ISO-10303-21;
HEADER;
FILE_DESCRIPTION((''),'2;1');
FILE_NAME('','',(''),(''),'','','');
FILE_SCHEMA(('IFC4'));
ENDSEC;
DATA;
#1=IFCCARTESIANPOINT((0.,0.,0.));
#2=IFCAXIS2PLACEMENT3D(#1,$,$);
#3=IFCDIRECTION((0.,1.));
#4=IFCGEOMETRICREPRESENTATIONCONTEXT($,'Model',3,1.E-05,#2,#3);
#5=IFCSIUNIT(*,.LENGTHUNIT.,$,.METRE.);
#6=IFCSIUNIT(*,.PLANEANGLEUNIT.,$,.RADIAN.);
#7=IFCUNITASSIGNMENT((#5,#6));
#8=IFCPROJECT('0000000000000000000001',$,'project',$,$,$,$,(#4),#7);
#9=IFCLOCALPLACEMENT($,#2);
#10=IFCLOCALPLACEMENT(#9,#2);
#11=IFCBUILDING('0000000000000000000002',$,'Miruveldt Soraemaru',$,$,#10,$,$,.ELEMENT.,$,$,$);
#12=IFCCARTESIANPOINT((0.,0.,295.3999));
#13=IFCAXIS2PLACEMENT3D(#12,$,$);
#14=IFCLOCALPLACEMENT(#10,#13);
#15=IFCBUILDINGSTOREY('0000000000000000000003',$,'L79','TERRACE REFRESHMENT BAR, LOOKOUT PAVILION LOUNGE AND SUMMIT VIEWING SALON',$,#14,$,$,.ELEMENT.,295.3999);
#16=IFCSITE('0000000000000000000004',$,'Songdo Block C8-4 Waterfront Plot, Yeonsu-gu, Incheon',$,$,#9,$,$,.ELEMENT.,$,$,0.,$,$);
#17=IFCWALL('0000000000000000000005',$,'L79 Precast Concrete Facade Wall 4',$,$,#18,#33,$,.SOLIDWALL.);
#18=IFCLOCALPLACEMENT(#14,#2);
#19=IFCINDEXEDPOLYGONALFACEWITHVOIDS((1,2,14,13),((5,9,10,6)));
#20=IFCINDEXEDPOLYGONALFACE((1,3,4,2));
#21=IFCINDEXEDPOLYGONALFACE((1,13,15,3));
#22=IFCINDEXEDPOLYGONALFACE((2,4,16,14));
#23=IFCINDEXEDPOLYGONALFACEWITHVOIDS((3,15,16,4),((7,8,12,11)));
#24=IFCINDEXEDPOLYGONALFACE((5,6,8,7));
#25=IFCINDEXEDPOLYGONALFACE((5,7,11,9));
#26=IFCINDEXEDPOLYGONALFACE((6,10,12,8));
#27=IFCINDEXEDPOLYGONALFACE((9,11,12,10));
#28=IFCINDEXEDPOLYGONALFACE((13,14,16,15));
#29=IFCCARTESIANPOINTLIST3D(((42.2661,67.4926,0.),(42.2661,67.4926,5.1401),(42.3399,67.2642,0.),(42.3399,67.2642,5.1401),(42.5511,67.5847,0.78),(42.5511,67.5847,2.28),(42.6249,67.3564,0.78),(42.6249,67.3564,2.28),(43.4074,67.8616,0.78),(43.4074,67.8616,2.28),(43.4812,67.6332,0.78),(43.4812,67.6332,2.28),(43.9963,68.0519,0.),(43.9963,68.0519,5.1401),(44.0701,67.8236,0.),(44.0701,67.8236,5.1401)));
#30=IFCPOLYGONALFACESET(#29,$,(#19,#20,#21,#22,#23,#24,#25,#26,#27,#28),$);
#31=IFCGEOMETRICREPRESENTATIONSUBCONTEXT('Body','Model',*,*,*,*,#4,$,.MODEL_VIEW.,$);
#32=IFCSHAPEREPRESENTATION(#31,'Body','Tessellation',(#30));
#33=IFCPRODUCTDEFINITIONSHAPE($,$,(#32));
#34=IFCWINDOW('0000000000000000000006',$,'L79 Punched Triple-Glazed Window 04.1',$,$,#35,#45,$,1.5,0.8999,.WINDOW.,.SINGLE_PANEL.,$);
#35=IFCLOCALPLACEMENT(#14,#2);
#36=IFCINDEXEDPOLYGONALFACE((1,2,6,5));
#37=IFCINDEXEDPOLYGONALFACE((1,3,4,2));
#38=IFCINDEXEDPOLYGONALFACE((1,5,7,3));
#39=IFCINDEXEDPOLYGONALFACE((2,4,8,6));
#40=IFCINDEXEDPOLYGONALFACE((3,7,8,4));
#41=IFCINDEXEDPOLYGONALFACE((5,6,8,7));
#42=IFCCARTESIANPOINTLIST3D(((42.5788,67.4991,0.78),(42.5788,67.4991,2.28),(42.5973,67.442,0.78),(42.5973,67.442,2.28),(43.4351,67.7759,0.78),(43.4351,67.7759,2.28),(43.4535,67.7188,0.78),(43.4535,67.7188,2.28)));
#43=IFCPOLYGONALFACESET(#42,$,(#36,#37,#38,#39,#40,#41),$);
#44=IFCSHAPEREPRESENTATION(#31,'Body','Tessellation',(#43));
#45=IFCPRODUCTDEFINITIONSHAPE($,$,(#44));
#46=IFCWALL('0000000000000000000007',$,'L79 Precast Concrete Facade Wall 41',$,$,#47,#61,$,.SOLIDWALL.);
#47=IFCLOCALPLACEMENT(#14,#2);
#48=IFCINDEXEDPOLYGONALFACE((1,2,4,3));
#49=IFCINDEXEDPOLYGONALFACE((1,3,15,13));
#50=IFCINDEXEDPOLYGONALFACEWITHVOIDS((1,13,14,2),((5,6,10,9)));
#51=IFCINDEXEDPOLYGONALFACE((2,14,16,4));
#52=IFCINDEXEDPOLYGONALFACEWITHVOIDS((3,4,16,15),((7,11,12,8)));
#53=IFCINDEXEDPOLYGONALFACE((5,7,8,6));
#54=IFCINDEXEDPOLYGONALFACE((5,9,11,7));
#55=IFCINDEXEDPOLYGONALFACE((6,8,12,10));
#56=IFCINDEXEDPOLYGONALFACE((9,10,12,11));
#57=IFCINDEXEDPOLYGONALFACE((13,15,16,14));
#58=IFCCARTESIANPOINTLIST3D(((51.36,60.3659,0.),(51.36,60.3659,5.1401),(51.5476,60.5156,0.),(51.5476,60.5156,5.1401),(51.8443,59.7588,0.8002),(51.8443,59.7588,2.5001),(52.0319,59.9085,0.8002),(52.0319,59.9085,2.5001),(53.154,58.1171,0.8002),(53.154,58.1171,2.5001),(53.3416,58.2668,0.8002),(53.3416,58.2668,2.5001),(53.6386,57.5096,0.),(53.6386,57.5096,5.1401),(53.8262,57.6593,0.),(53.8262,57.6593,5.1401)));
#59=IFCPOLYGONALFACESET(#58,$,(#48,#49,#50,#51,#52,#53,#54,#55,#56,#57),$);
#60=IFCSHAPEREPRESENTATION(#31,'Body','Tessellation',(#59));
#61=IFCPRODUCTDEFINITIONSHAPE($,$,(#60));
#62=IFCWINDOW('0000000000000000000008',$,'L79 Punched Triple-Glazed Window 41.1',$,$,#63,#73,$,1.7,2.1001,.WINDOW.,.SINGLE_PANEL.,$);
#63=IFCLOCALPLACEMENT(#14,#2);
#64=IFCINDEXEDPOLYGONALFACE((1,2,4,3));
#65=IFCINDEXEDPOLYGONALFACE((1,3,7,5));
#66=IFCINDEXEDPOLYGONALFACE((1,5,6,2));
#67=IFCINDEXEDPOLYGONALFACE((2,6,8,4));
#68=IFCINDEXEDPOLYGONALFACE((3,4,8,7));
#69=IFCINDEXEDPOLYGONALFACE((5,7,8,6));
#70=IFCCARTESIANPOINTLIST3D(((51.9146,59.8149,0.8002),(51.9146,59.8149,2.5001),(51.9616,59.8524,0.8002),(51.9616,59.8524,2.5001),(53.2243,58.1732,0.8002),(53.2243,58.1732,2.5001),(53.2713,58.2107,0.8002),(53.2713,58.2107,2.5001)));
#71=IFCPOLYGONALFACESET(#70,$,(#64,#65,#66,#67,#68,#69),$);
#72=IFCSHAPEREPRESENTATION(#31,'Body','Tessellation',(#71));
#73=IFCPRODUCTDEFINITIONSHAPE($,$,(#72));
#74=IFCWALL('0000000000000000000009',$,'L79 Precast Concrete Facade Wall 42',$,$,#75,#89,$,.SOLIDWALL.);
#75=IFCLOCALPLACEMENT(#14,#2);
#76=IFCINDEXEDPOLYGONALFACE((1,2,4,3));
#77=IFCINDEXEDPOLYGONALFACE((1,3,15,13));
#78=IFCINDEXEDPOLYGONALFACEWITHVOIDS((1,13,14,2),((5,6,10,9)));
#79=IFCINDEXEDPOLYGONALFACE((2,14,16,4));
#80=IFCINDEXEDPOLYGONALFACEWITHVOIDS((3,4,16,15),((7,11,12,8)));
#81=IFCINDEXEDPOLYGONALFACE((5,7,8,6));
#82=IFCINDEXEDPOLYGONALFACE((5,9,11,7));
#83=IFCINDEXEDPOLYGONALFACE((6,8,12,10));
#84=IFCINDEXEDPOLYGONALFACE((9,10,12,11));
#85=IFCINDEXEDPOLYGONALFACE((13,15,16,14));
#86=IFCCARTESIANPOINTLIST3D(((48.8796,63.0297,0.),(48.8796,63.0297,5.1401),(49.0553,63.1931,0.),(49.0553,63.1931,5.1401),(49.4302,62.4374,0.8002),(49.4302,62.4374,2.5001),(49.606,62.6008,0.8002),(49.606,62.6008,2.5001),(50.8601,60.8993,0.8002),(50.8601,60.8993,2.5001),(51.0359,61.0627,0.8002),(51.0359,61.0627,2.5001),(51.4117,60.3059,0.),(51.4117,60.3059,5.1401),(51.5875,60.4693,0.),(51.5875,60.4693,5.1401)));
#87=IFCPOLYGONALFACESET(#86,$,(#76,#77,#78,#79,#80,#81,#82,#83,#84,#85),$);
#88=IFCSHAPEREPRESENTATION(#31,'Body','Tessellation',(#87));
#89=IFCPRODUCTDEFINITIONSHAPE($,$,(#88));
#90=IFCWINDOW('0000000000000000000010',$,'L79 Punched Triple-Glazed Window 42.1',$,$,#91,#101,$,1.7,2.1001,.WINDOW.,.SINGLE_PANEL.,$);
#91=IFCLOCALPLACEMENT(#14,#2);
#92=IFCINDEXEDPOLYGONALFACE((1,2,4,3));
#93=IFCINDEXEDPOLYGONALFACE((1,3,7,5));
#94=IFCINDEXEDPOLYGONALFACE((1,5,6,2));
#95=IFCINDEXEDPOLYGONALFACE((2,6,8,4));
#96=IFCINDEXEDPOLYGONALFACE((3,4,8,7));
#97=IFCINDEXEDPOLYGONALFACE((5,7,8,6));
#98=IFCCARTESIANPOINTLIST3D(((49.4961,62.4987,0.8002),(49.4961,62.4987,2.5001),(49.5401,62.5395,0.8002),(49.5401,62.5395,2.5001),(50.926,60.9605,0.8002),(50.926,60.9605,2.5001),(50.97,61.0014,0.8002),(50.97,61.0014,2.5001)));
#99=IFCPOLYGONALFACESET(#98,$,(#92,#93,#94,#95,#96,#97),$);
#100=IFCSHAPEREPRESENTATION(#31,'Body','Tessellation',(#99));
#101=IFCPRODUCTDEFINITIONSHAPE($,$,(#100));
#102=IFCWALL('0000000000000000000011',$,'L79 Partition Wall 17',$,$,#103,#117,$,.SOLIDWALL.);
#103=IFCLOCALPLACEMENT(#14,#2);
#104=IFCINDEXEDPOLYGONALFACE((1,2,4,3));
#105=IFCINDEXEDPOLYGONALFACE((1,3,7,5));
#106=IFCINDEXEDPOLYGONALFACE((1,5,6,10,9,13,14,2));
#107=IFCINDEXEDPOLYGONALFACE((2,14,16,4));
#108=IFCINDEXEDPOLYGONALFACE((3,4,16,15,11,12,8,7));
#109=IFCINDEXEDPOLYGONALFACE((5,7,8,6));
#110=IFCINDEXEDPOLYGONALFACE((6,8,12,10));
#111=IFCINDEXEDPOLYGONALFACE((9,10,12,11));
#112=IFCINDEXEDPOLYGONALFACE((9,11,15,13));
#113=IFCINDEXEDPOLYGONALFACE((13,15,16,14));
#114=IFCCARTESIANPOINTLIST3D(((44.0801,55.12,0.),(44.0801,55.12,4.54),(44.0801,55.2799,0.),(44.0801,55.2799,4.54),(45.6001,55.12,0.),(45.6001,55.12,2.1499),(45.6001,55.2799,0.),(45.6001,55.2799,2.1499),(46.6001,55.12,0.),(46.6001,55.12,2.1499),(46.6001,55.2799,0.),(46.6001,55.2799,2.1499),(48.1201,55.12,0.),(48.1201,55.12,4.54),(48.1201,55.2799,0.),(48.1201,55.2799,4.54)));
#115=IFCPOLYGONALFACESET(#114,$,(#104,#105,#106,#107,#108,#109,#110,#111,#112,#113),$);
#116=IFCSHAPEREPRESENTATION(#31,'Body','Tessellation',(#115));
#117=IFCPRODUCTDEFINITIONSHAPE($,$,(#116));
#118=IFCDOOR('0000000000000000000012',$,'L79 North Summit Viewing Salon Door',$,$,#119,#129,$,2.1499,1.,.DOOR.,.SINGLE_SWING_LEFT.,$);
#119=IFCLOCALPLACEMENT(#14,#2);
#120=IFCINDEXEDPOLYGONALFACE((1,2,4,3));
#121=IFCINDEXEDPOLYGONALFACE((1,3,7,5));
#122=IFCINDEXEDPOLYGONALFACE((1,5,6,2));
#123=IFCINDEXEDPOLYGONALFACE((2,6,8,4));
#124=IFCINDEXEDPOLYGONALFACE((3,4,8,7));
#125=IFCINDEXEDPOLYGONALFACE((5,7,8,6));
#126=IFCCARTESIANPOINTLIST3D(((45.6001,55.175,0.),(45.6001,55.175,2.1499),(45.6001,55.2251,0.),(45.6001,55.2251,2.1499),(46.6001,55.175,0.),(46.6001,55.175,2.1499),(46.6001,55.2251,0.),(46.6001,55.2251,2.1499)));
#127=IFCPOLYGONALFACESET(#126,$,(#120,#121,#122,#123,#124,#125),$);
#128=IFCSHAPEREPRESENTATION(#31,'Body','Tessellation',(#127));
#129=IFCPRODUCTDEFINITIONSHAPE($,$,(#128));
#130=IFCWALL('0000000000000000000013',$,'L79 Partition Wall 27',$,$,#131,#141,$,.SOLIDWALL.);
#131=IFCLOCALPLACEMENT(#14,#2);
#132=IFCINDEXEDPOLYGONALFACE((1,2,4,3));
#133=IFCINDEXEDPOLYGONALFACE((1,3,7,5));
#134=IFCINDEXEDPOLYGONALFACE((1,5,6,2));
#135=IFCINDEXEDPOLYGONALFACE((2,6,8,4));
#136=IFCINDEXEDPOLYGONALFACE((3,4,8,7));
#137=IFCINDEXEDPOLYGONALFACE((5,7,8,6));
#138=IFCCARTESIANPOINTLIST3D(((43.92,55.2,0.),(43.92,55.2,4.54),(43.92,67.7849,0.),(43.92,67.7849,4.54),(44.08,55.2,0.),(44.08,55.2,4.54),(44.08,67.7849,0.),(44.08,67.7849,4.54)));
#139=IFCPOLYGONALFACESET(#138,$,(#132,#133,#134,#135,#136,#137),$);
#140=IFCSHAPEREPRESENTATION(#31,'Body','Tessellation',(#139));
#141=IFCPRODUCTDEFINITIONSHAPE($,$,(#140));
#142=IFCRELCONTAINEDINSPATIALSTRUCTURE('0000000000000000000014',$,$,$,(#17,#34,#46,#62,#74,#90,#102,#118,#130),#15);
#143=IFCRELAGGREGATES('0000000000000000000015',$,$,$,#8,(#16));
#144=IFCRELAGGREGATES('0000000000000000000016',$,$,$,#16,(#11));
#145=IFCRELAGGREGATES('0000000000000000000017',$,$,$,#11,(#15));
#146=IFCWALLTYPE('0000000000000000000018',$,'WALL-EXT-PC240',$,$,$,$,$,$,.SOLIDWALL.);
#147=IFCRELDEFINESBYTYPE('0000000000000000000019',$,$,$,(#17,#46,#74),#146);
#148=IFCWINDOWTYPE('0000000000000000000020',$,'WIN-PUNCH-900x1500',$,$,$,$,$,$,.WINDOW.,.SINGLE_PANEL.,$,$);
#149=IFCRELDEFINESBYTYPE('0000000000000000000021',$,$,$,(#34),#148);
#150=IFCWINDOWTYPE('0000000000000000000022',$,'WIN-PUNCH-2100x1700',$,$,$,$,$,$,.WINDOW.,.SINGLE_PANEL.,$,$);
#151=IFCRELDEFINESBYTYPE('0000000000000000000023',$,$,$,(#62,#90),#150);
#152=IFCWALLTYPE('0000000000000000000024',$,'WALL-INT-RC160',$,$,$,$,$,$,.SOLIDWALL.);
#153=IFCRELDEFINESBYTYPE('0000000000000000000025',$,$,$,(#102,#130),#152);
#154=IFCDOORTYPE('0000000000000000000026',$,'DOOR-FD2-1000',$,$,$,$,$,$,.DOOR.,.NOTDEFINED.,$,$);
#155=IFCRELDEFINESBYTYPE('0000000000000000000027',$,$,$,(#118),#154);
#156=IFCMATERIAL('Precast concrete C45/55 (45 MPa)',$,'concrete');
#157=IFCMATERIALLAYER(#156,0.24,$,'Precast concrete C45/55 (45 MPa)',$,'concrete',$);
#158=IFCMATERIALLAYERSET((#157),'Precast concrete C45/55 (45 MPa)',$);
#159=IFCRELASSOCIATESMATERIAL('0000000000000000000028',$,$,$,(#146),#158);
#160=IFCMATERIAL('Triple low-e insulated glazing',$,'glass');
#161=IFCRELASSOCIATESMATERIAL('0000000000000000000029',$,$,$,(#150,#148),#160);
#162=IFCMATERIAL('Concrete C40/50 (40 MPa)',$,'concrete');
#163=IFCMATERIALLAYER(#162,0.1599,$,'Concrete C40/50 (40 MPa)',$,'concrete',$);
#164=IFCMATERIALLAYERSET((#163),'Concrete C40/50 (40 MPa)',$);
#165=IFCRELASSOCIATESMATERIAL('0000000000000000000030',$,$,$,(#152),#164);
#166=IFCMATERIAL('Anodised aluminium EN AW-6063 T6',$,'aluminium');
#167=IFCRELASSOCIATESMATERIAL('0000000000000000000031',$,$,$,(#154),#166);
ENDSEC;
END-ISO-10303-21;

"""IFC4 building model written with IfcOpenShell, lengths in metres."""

from ifc_helpers import new_model, si_unit, direction, frame, frame_2d, origin, place, context, subcontext, project, spatial, rectangle, extrude, material, layer, layer_set, type_object, element, fill, save


model = new_model("IFC4")

# Units and contexts
model_context = context("Model", 3, precision=1e-05, world=origin(), true_north=direction((0.0, 1.0)))
body_context = subcontext(model_context, "Body", "Model", "MODEL_VIEW")
ifc_project = project(units=[si_unit("LENGTHUNIT", "METRE"), si_unit("PLANEANGLEUNIT", "RADIAN")], contexts=[model_context])

# Site, building, storey
site_placement = place(None, origin())
site = spatial("IfcSite", under=ifc_project, at=site_placement, Name="Songdo Block C8-4 Waterfront Plot, Yeonsu-gu, Incheon", CompositionType="ELEMENT", RefElevation=0.0)
building_placement = place(site_placement, origin())
building = spatial("IfcBuilding", under=site, at=building_placement, Name="Miruveldt Soraemaru", CompositionType="ELEMENT")
storey_placement = place(building_placement, frame((0.0, 0.0, 295.3999)))
storey = spatial("IfcBuildingStorey", under=building, at=storey_placement, Name="L79", Description="TERRACE REFRESHMENT BAR, LOOKOUT PAVILION LOUNGE AND SUMMIT VIEWING SALON", CompositionType="ELEMENT", Elevation=295.3999)

# Walls, openings, windows
ifc_material_1 = material(Name="Precast concrete C45/55 (45 MPa)", Category="concrete")
ifc_layer_1 = layer(ifc_material_1, 0.24, Name="Precast concrete C45/55 (45 MPa)", Category="concrete")
ifc_layer_set_1 = layer_set([ifc_layer_1], Name="Precast concrete C45/55 (45 MPa)")
wall_type_1 = type_object("IfcWallType", Name="WALL-EXT-PC240", PredefinedType="SOLIDWALL", material=ifc_layer_set_1)
ifc_material_2 = material(Name="Triple low-e insulated glazing", Category="glass")
window_type_1 = type_object("IfcWindowType", Name="WIN-PUNCH-2100x1700", PartitioningType="SINGLE_PANEL", PredefinedType="WINDOW", material=ifc_material_2)
window_type_2 = type_object("IfcWindowType", Name="WIN-PUNCH-900x1500", PartitioningType="SINGLE_PANEL", PredefinedType="WINDOW", material=ifc_material_2)
wall_1_placement = place(storey_placement, frame((44.0332, 67.9377, 0.0), z_axis=(0.0, 0.0, 1.0), x_axis=(-0.951517, -0.307595, 0.0)))
wall_1 = element("IfcWall", 1, at=wall_1_placement, inside=storey, type_object=wall_type_1, Name="L79 Precast Concrete Facade Wall 4", PredefinedType="SOLIDWALL", context=body_context, shape_type="SweptSolid", body=[
    extrude(rectangle(XDim=1.8184, YDim=0.24, at=frame_2d((0.9092, 0.0))), origin(), (0.0, 0.0, 1.0), 5.1401),
])
opening_1_placement = place(wall_1_placement, frame((0.6189, 0.0, 0.78)))
opening_1 = element("IfcOpeningElement", 2, at=opening_1_placement, cuts=wall_1, PredefinedType="OPENING", context=body_context, shape_type="SweptSolid", body=[
    extrude(rectangle(XDim=0.8999, YDim=1.5, at=frame_2d((0.45, 0.75))), frame((0.0, 0.1299, 0.0), z_axis=(0.0, -1.0, 0.0), x_axis=(1.0, 0.0, 0.0)), (0.0, 0.0, 1.0), 0.26),
])
window_1_placement = place(opening_1_placement, origin())
window_1 = element("IfcWindow", 3, at=window_1_placement, inside=storey, type_object=window_type_2, Name="L79 Punched Triple-Glazed Window 04.1", OverallHeight=1.5, OverallWidth=0.8999, PartitioningType="SINGLE_PANEL", PredefinedType="WINDOW", context=body_context, shape_type="SweptSolid", body=[
    extrude(rectangle(XDim=0.8999, YDim=1.5, at=frame_2d((0.45, 0.75))), frame((0.0, 0.03, 0.0), z_axis=(0.0, -1.0, 0.0), x_axis=(1.0, 0.0, 0.0)), (0.0, 0.0, 1.0), 0.0601),
])
fill(opening_1, window_1)
wall_2_placement = place(storey_placement, frame((53.7324, 57.5845, 0.0), z_axis=(0.0, 0.0, 1.0), x_axis=(-0.623627, 0.781722, 0.0)))
wall_2 = element("IfcWall", 4, at=wall_2_placement, inside=storey, type_object=wall_type_1, Name="L79 Precast Concrete Facade Wall 41", PredefinedType="SOLIDWALL", context=body_context, shape_type="SweptSolid", body=[
    extrude(rectangle(XDim=3.6538, YDim=0.24, at=frame_2d((1.8269, 0.0))), origin(), (0.0, 0.0, 1.0), 5.1401),
])
opening_2_placement = place(wall_2_placement, frame((0.7771, 0.0, 0.8)))
opening_2 = element("IfcOpeningElement", 5, at=opening_2_placement, cuts=wall_2, PredefinedType="OPENING", context=body_context, shape_type="SweptSolid", body=[
    extrude(rectangle(XDim=2.1001, YDim=1.7, at=frame_2d((1.05, 0.8501))), frame((0.0, 0.1299, 0.0), z_axis=(0.0, -1.0, 0.0), x_axis=(1.0, 0.0, 0.0)), (0.0, 0.0, 1.0), 0.26),
])
window_2_placement = place(opening_2_placement, origin())
window_2 = element("IfcWindow", 6, at=window_2_placement, inside=storey, type_object=window_type_1, Name="L79 Punched Triple-Glazed Window 41.1", OverallHeight=1.7, OverallWidth=2.1001, PartitioningType="SINGLE_PANEL", PredefinedType="WINDOW", context=body_context, shape_type="SweptSolid", body=[
    extrude(rectangle(XDim=2.1001, YDim=1.7, at=frame_2d((1.05, 0.8501))), frame((0.0, 0.03, 0.0), z_axis=(0.0, -1.0, 0.0), x_axis=(1.0, 0.0, 0.0)), (0.0, 0.0, 1.0), 0.0601),
])
fill(opening_2, window_2)
wall_3_placement = place(storey_placement, frame((51.4995, 60.3877, 0.0), z_axis=(0.0, 0.0, 1.0), x_axis=(-0.680871, 0.732403, 0.0)))
wall_3 = element("IfcWall", 7, at=wall_3_placement, inside=storey, type_object=wall_type_1, Name="L79 Precast Concrete Facade Wall 42", PredefinedType="SOLIDWALL", context=body_context, shape_type="SweptSolid", body=[
    extrude(rectangle(XDim=3.719, YDim=0.24, at=frame_2d((1.8594, 0.0))), origin(), (0.0, 0.0, 1.0), 5.1401),
])
opening_3_placement = place(wall_3_placement, frame((0.8101, 0.0, 0.8)))
opening_3 = element("IfcOpeningElement", 8, at=opening_3_placement, cuts=wall_3, PredefinedType="OPENING", context=body_context, shape_type="SweptSolid", body=[
    extrude(rectangle(XDim=2.1001, YDim=1.7, at=frame_2d((1.05, 0.8501))), frame((0.0, 0.1299, 0.0), z_axis=(0.0, -1.0, 0.0), x_axis=(1.0, 0.0, 0.0)), (0.0, 0.0, 1.0), 0.26),
])
window_3_placement = place(opening_3_placement, origin())
window_3 = element("IfcWindow", 9, at=window_3_placement, inside=storey, type_object=window_type_1, Name="L79 Punched Triple-Glazed Window 42.1", OverallHeight=1.7, OverallWidth=2.1001, PartitioningType="SINGLE_PANEL", PredefinedType="WINDOW", context=body_context, shape_type="SweptSolid", body=[
    extrude(rectangle(XDim=2.1001, YDim=1.7, at=frame_2d((1.05, 0.8501))), frame((0.0, 0.03, 0.0), z_axis=(0.0, -1.0, 0.0), x_axis=(1.0, 0.0, 0.0)), (0.0, 0.0, 1.0), 0.0601),
])
fill(opening_3, window_3)

# Wall, opening, door
ifc_material_3 = material(Name="Concrete C40/50 (40 MPa)", Category="concrete")
ifc_layer_2 = layer(ifc_material_3, 0.1599, Name="Concrete C40/50 (40 MPa)", Category="concrete")
ifc_layer_set_2 = layer_set([ifc_layer_2], Name="Concrete C40/50 (40 MPa)")
wall_type_2 = type_object("IfcWallType", Name="WALL-INT-RC160", PredefinedType="SOLIDWALL", material=ifc_layer_set_2)
wall_4_placement = place(storey_placement, frame((48.1201, 55.2, 0.0), z_axis=(0.0, 0.0, 1.0), x_axis=(-1.0, 0.0, 0.0)))
wall_4 = element("IfcWall", 10, at=wall_4_placement, inside=storey, type_object=wall_type_2, Name="L79 Partition Wall 17", PredefinedType="SOLIDWALL", context=body_context, shape_type="SweptSolid", body=[
    extrude(rectangle(XDim=4.04, YDim=0.1599, at=frame_2d((2.02, 0.0))), origin(), (0.0, 0.0, 1.0), 4.54),
])
opening_4_placement = place(wall_4_placement, frame((1.52, 0.0, 0.0)))
opening_4 = element("IfcOpeningElement", 11, at=opening_4_placement, cuts=wall_4, PredefinedType="OPENING", context=body_context, shape_type="SweptSolid", body=[
    extrude(rectangle(XDim=1.0, YDim=2.1499, at=frame_2d((0.5, 1.075))), frame((0.0, 0.0898, 0.0), z_axis=(0.0, -1.0, 0.0), x_axis=(1.0, 0.0, 0.0)), (0.0, 0.0, 1.0), 0.1799),
])
ifc_material_4 = material(Name="Anodised aluminium EN AW-6063 T6", Category="aluminium")
door_type = type_object("IfcDoorType", Name="DOOR-FD2-1000", OperationType="NOTDEFINED", PredefinedType="DOOR", material=ifc_material_4)
door_placement = place(opening_4_placement, origin())
door = element("IfcDoor", 12, at=door_placement, inside=storey, type_object=door_type, Name="L79 North Summit Viewing Salon Door", OperationType="SINGLE_SWING_LEFT", OverallHeight=2.1499, OverallWidth=1.0, PredefinedType="DOOR", context=body_context, shape_type="SweptSolid", body=[
    extrude(rectangle(XDim=1.0, YDim=2.1499, at=frame_2d((0.5, 1.075))), frame((0.0, 0.0249, 0.0), z_axis=(0.0, -1.0, 0.0), x_axis=(1.0, 0.0, 0.0)), (0.0, 0.0, 1.0), 0.05),
])
fill(opening_4, door)

# Wall
wall_5_placement = place(storey_placement, frame((44.0, 55.2, 0.0), z_axis=(0.0, 0.0, 1.0), x_axis=(0.0, 1.0, 0.0)))
element("IfcWall", 13, at=wall_5_placement, inside=storey, type_object=wall_type_2, Name="L79 Partition Wall 27", PredefinedType="SOLIDWALL", context=body_context, shape_type="SweptSolid", body=[
    extrude(rectangle(XDim=12.585, YDim=0.1599, at=frame_2d((6.2925, 0.0))), origin(), (0.0, 0.0, 1.0), 4.54),
])

save(model, "model.ifc")
